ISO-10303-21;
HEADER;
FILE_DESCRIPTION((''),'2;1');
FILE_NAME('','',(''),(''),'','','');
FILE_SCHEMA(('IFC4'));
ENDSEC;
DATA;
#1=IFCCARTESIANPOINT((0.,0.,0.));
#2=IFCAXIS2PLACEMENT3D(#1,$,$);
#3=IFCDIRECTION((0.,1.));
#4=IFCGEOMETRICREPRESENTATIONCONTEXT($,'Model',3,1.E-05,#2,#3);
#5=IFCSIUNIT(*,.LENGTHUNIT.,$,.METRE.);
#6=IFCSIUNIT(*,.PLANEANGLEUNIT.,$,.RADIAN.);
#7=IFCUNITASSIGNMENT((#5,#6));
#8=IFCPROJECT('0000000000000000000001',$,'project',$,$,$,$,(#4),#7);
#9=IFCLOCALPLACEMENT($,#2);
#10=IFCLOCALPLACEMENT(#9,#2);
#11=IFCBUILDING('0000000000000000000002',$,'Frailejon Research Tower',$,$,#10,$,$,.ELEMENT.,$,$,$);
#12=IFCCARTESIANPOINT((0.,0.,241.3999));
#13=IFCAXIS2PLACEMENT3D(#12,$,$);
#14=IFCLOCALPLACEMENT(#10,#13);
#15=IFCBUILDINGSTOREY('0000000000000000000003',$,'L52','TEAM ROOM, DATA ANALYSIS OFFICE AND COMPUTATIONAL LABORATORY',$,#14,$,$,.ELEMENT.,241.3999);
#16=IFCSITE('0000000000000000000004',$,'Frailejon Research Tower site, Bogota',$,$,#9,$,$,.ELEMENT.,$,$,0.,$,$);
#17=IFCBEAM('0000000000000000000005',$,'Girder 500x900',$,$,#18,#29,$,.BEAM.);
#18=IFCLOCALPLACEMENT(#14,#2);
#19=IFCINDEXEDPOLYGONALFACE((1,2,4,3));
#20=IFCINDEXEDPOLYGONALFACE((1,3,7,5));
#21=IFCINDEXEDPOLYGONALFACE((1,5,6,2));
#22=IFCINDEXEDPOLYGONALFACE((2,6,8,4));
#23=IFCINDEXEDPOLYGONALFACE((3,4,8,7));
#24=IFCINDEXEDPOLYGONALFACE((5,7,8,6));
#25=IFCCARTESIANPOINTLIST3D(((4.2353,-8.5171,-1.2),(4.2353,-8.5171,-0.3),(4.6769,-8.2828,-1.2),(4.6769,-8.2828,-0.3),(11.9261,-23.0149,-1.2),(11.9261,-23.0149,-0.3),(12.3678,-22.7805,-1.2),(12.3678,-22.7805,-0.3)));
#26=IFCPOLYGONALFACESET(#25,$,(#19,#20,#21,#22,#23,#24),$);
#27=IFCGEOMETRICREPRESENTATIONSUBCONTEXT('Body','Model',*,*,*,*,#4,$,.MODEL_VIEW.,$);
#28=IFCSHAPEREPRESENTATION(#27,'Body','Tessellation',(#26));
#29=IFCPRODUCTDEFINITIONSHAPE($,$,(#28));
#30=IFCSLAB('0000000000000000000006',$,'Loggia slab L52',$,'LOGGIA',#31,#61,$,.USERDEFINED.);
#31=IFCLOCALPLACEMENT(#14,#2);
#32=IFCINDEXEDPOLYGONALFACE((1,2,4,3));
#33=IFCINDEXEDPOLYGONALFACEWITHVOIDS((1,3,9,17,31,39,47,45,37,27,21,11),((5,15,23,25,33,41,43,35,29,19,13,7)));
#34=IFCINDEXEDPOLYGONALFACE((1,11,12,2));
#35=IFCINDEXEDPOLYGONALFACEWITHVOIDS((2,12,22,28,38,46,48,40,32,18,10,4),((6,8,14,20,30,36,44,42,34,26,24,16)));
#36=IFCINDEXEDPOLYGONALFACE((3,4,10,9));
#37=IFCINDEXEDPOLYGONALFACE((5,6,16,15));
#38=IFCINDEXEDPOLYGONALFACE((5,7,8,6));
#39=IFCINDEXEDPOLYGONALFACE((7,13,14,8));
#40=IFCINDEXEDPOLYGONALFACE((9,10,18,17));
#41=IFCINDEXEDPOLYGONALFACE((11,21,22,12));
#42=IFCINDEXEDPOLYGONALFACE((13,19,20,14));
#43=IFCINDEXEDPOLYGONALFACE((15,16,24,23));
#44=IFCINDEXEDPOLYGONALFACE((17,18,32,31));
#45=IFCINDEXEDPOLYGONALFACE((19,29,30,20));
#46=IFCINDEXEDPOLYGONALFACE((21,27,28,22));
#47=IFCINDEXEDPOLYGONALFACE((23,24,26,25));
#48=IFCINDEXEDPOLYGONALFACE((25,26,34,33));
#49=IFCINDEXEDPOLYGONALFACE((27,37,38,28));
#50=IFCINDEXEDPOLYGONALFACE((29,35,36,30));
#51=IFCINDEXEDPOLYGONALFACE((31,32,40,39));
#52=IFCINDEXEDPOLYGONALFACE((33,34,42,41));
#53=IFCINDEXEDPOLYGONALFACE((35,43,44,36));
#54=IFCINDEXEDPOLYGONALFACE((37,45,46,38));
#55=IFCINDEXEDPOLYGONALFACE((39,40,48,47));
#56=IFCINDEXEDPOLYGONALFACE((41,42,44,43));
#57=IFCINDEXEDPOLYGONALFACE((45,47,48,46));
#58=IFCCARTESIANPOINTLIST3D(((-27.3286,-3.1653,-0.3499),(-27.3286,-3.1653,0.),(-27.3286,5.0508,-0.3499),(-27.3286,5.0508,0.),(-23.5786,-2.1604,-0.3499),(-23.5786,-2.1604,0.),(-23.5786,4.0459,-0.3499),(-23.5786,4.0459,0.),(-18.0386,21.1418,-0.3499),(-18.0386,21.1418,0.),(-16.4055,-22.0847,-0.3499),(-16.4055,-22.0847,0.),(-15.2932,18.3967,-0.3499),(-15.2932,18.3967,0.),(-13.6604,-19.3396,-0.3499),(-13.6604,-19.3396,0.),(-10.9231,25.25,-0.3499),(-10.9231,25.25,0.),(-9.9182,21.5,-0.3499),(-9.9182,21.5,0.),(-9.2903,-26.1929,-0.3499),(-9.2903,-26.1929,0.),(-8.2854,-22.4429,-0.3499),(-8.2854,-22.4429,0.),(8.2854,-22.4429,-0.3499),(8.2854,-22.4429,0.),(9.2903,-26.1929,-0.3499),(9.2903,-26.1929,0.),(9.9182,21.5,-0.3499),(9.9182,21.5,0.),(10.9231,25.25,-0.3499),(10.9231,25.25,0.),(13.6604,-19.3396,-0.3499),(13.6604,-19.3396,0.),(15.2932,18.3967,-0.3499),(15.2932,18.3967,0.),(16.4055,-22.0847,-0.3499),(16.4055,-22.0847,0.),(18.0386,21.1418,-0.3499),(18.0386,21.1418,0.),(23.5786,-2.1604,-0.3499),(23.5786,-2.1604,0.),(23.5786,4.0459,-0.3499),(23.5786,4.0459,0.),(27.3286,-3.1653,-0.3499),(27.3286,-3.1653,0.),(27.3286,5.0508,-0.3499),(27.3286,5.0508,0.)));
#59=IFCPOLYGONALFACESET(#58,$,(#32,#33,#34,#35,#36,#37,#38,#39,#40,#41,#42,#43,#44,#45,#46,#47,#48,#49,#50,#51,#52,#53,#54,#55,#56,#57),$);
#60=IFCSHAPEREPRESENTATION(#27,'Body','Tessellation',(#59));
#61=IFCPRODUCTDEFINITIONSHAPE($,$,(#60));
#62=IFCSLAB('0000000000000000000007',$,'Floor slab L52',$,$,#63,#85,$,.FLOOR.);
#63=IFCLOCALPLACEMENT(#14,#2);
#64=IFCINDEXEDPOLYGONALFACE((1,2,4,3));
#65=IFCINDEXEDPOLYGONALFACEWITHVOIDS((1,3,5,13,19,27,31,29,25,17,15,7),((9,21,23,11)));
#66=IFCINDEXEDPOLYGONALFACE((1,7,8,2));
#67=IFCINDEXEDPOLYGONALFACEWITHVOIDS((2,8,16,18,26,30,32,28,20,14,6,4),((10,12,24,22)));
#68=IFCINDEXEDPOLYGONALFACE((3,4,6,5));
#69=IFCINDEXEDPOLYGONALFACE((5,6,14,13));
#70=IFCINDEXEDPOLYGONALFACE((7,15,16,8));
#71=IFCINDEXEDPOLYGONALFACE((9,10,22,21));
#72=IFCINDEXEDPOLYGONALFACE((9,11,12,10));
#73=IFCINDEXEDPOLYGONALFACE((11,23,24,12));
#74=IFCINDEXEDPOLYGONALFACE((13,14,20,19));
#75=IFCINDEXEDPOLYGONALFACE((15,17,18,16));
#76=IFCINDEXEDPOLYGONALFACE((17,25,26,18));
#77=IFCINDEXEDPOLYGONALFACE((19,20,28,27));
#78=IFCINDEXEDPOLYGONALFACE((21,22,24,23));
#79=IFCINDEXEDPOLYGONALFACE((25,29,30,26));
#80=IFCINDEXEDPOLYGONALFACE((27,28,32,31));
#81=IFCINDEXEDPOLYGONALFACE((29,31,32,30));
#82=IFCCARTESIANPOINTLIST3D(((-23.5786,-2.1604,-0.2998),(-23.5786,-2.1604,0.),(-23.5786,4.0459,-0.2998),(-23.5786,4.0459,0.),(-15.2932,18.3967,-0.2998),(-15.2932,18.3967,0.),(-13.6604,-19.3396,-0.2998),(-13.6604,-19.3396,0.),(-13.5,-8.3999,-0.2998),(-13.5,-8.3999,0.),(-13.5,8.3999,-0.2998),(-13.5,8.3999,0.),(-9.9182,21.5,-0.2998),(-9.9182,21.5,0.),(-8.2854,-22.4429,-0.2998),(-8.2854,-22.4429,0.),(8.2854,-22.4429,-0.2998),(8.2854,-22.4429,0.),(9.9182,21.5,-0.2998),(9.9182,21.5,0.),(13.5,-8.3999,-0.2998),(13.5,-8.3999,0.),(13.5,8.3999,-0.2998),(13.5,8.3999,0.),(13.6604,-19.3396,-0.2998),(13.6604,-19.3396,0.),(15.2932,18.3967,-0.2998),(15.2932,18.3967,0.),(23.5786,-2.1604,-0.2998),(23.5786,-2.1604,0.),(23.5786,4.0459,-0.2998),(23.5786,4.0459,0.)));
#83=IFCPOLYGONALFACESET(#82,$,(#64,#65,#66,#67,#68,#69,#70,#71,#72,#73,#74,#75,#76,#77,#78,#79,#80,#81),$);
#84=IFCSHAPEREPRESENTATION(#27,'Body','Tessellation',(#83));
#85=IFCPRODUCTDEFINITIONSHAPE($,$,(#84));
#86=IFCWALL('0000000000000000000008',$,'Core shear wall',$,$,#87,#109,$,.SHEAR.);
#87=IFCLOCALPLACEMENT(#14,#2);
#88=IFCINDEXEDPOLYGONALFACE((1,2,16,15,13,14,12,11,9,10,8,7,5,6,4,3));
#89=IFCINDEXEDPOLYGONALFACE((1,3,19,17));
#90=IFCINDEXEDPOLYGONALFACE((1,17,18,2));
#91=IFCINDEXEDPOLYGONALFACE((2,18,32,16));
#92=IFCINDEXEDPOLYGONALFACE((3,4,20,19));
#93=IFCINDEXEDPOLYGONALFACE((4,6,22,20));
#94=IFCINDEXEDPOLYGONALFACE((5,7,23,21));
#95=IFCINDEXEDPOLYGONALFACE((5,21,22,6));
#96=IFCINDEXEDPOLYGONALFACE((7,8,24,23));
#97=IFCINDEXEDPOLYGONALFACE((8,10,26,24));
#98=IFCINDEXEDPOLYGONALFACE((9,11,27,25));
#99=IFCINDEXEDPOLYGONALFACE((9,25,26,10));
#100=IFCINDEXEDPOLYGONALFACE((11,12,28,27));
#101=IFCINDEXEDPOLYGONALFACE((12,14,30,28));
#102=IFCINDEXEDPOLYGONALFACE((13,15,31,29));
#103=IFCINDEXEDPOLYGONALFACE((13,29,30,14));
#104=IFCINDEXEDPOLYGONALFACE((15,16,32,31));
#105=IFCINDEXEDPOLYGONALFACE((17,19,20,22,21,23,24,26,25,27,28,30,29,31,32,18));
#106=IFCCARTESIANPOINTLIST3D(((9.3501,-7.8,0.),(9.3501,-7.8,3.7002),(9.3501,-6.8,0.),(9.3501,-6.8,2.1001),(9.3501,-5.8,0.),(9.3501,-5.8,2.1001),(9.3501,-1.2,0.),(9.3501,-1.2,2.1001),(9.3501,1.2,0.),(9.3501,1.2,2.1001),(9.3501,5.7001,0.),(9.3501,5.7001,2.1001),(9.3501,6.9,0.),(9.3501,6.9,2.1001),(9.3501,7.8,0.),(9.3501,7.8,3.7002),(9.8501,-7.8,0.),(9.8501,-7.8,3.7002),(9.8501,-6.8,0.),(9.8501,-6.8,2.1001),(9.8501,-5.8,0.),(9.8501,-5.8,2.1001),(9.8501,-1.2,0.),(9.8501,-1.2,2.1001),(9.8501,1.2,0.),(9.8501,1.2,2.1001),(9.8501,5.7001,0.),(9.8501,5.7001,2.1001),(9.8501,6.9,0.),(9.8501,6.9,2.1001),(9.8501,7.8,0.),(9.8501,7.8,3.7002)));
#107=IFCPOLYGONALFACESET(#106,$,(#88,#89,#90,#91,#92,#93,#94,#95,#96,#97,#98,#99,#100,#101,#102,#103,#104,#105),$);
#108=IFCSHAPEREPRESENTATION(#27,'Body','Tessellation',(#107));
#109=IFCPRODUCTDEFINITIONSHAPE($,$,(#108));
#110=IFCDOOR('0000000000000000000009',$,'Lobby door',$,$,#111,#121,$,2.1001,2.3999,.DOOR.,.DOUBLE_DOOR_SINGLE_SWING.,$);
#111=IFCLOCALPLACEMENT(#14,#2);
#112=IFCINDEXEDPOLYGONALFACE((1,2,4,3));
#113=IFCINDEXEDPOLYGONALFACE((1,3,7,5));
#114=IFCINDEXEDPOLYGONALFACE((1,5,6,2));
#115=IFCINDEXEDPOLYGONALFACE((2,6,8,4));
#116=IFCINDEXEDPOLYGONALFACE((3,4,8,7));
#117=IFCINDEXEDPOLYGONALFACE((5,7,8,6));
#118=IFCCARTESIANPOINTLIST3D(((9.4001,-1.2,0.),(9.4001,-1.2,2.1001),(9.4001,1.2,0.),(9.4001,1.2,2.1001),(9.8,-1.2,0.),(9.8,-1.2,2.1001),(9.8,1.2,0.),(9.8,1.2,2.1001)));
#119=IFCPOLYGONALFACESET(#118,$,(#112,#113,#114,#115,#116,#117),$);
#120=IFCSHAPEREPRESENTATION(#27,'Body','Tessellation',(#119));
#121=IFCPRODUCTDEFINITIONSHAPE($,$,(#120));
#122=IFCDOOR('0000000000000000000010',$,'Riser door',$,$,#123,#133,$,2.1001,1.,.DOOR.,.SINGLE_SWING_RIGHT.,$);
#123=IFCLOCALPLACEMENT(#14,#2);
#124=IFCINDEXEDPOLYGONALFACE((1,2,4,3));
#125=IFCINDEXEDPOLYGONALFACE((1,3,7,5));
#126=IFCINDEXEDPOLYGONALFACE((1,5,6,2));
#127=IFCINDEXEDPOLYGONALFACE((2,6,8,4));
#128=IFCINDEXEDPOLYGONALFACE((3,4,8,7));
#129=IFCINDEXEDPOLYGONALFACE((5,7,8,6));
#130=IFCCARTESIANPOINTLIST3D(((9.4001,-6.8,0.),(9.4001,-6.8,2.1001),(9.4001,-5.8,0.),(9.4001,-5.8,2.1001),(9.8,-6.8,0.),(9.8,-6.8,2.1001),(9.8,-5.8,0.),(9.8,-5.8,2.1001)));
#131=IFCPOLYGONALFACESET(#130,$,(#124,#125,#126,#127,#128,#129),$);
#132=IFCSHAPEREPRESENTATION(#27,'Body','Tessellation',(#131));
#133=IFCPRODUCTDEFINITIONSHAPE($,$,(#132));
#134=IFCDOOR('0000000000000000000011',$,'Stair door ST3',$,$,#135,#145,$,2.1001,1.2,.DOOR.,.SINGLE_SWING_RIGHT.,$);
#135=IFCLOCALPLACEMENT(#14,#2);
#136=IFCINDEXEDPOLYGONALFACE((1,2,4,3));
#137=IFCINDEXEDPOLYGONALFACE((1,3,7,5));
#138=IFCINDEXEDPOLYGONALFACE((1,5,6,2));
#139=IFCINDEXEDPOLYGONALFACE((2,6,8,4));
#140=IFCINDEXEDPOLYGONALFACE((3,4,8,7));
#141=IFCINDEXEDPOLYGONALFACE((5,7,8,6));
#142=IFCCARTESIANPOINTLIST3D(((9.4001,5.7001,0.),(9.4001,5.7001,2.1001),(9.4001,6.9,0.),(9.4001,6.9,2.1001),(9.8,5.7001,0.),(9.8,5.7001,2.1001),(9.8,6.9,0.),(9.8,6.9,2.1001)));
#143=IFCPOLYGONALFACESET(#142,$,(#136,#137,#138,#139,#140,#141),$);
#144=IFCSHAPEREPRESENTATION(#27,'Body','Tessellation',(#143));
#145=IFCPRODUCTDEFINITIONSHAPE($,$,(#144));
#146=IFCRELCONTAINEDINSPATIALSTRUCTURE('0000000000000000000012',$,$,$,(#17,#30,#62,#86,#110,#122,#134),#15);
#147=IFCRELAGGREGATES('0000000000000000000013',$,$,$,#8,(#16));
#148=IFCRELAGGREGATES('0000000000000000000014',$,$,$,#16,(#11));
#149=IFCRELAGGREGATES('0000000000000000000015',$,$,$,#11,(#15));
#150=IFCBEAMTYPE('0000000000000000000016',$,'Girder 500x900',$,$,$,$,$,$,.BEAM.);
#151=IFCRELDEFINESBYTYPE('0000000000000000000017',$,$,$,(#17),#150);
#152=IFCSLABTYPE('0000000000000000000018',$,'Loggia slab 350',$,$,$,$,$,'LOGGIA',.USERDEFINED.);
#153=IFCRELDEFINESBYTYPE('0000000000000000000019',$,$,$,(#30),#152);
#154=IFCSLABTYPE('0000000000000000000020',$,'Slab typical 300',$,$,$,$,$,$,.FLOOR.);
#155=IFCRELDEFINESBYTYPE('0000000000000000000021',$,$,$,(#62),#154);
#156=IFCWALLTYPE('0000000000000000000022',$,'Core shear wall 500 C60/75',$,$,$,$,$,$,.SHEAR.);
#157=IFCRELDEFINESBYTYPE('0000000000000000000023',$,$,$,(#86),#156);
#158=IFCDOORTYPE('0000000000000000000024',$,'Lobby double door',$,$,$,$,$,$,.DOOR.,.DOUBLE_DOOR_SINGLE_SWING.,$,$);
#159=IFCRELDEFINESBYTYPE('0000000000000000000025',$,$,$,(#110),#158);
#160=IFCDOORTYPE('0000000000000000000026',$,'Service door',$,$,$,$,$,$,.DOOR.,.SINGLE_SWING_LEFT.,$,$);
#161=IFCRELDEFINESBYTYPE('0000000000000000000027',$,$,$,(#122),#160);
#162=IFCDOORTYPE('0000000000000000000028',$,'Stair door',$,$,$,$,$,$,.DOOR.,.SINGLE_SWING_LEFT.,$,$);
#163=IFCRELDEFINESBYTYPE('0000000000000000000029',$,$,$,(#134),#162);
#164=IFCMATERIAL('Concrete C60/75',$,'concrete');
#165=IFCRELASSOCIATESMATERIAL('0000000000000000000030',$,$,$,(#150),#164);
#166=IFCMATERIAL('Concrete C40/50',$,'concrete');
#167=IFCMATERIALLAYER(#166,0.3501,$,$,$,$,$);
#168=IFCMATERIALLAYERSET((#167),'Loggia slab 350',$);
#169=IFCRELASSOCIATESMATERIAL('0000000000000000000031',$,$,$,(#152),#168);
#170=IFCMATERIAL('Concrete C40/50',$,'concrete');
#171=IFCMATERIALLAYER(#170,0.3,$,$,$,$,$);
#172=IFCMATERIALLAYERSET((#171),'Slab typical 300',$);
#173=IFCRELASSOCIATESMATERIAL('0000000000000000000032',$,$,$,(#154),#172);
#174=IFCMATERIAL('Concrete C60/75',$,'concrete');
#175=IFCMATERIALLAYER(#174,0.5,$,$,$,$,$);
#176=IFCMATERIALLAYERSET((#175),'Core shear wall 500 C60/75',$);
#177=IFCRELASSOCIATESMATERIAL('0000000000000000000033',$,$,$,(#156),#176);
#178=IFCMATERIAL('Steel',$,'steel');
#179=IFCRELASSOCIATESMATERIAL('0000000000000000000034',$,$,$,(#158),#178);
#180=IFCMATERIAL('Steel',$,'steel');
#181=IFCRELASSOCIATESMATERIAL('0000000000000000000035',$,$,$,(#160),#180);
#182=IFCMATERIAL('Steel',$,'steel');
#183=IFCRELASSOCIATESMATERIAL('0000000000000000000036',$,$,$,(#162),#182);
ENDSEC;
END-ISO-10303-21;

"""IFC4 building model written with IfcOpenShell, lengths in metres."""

from ifc_helpers import new_model, si_unit, direction, frame, frame_2d, origin, origin_2d, place, context, subcontext, project, spatial, polyline, rectangle, outline, extrude, material, layer, layer_set, material_profile, profile_set, type_object, element, fill, save


model = new_model("IFC4")

# Units and contexts
model_context = context("Model", 3, precision=1e-05, world=origin(), true_north=direction((0.0, 1.0)))
body_context = subcontext(model_context, "Body", "Model", "MODEL_VIEW")
ifc_project = project(units=[si_unit("LENGTHUNIT", "METRE"), si_unit("PLANEANGLEUNIT", "RADIAN")], contexts=[model_context])

# Site, building, storey
site_placement = place(None, origin())
site = spatial("IfcSite", under=ifc_project, at=site_placement, Name="Frailejon Research Tower site, Bogota", CompositionType="ELEMENT", RefElevation=0.0)
building_placement = place(site_placement, origin())
building = spatial("IfcBuilding", under=site, at=building_placement, Name="Frailejon Research Tower", CompositionType="ELEMENT")
storey_placement = place(building_placement, frame((0.0, 0.0, 241.3999)))
storey = spatial("IfcBuildingStorey", under=building, at=storey_placement, Name="L52", Description="TEAM ROOM, DATA ANALYSIS OFFICE AND COMPUTATIONAL LABORATORY", CompositionType="ELEMENT", Elevation=241.3999)

# Beam
ifc_material_1 = material(Name="Concrete C60/75", Category="concrete")
ifc_material_profile = material_profile(ifc_material_1, rectangle(XDim=0.5, YDim=0.8999, at=origin_2d()), Name="Girder 500x900")
ifc_profile_set = profile_set([ifc_material_profile], Name="Concrete C60/75")
beam_type = type_object("IfcBeamType", Name="Girder 500x900", PredefinedType="BEAM", material=ifc_profile_set)
beam_placement = place(storey_placement, frame((12.147, -22.8977, -0.75), z_axis=(-0.468631, 0.883394, 0.0), x_axis=(-0.883394, -0.468631, 0.0)))
element("IfcBeam", 1, at=beam_placement, inside=storey, type_object=beam_type, Name="Girder 500x900", PredefinedType="BEAM", context=body_context, shape_type="SweptSolid", body=[
    extrude(rectangle(XDim=0.5, YDim=0.8999, at=origin_2d()), origin(), (0.0, 0.0, 1.0), 16.4114),
])

# Slabs
ifc_material_2 = material(Name="Concrete C40/50", Category="concrete")
ifc_layer_1 = layer(ifc_material_2, 0.3501)
ifc_layer_set_1 = layer_set([ifc_layer_1], Name="Loggia slab 350")
slab_type_1 = type_object("IfcSlabType", Name="Loggia slab 350", ElementType="LOGGIA", PredefinedType="USERDEFINED", material=ifc_layer_set_1)
slab_1_placement = place(storey_placement, frame((0.0, 0.0, -0.3499)))
element("IfcSlab", 2, at=slab_1_placement, inside=storey, type_object=slab_type_1, Name="Loggia slab L52", ObjectType="LOGGIA", PredefinedType="USERDEFINED", context=body_context, shape_type="SweptSolid", body=[
    extrude(outline(polyline([(16.4055, -22.0847), (9.2903, -26.1929), (-9.2903, -26.1929), (-16.4055, -22.0847), (-27.3286, -3.1653), (-27.3286, 5.0508), (-18.0386, 21.1418), (-10.9231, 25.25), (10.9231, 25.25), (18.0386, 21.1418), (27.3286, 5.0508), (27.3286, -3.1653), (16.4055, -22.0847)]), holes=[polyline([(23.5786, 4.0459), (15.2932, 18.3967), (9.9182, 21.5), (-9.9182, 21.5), (-15.2932, 18.3967), (-23.5786, 4.0459), (-23.5786, -2.1604), (-13.6604, -19.3396), (-8.2854, -22.4429), (8.2854, -22.4429), (13.6604, -19.3396), (23.5786, -2.1604), (23.5786, 4.0459)])]), origin(), (0.0, 0.0, 1.0), 0.3499),
])
ifc_material_3 = material(Name="Concrete C40/50", Category="concrete")
ifc_layer_2 = layer(ifc_material_3, 0.3)
ifc_layer_set_2 = layer_set([ifc_layer_2], Name="Slab typical 300")
slab_type_2 = type_object("IfcSlabType", Name="Slab typical 300", PredefinedType="FLOOR", material=ifc_layer_set_2)
slab_2_placement = place(storey_placement, frame((0.0, 0.0, -0.2998)))
element("IfcSlab", 3, at=slab_2_placement, inside=storey, type_object=slab_type_2, Name="Floor slab L52", PredefinedType="FLOOR", context=body_context, shape_type="SweptSolid", body=[
    extrude(outline(polyline([(23.5786, -2.1604), (23.5786, 4.0459), (15.2932, 18.3967), (9.9182, 21.5), (-9.9182, 21.5), (-15.2932, 18.3967), (-23.5786, 4.0459), (-23.5786, -2.1604), (-13.6604, -19.3396), (-8.2854, -22.4429), (8.2854, -22.4429), (13.6604, -19.3396), (23.5786, -2.1604)]), holes=[polyline([(13.5, -8.3999), (-13.5, -8.3999), (-13.5, 8.3999), (13.5, 8.3999), (13.5, -8.3999)])]), origin(), (0.0, 0.0, 1.0), 0.2998),
])

# Wall, openings, doors
ifc_material_4 = material(Name="Concrete C60/75", Category="concrete")
ifc_layer_3 = layer(ifc_material_4, 0.5)
ifc_layer_set_3 = layer_set([ifc_layer_3], Name="Core shear wall 500 C60/75")
wall_type_1 = type_object("IfcWallType", Name="Core shear wall 500 C60/75", PredefinedType="SHEAR", material=ifc_layer_set_3)
wall_1_placement = place(storey_placement, frame((9.6001, -7.8, 0.0), z_axis=(0.0, 0.0, 1.0), x_axis=(0.0, 1.0, 0.0)))
wall_1 = element("IfcWall", 4, at=wall_1_placement, inside=storey, type_object=wall_type_1, Name="Core shear wall", PredefinedType="SHEAR", context=body_context, shape_type="SweptSolid", body=[
    extrude(rectangle(XDim=15.6001, YDim=0.5, at=frame_2d((7.8, 0.0))), origin(), (0.0, 0.0, 1.0), 3.7002),
])
opening_1_placement = place(wall_1_placement, frame((6.6001, 0.0, 0.0)))
opening_1 = element("IfcOpeningElement", 5, at=opening_1_placement, cuts=wall_1, PredefinedType="OPENING", context=body_context, shape_type="SweptSolid", body=[
    extrude(rectangle(XDim=2.3999, YDim=2.1001, at=frame_2d((1.2, 1.05))), frame((0.0, 0.26, 0.0), z_axis=(0.0, -1.0, 0.0), x_axis=(1.0, 0.0, 0.0)), (0.0, 0.0, 1.0), 0.52),
])
opening_2_placement = place(wall_1_placement, frame((13.5, 0.0, 0.0)))
opening_2 = element("IfcOpeningElement", 6, at=opening_2_placement, cuts=wall_1, PredefinedType="OPENING", context=body_context, shape_type="SweptSolid", body=[
    extrude(rectangle(XDim=1.2, YDim=2.1001, at=frame_2d((0.6001, 1.05))), frame((0.0, 0.26, 0.0), z_axis=(0.0, -1.0, 0.0), x_axis=(1.0, 0.0, 0.0)), (0.0, 0.0, 1.0), 0.52),
])
opening_3_placement = place(wall_1_placement, frame((1.0, 0.0, 0.0)))
opening_3 = element("IfcOpeningElement", 7, at=opening_3_placement, cuts=wall_1, PredefinedType="OPENING", context=body_context, shape_type="SweptSolid", body=[
    extrude(rectangle(XDim=1.0, YDim=2.1001, at=frame_2d((0.5, 1.05))), frame((0.0, 0.26, 0.0), z_axis=(0.0, -1.0, 0.0), x_axis=(1.0, 0.0, 0.0)), (0.0, 0.0, 1.0), 0.52),
])
ifc_material_5 = material(Name="Steel", Category="steel")
door_type_1 = type_object("IfcDoorType", Name="Lobby double door", OperationType="DOUBLE_DOOR_SINGLE_SWING", PredefinedType="DOOR", material=ifc_material_5)
door_1_placement = place(opening_1_placement, origin())
door_1 = element("IfcDoor", 8, at=door_1_placement, inside=storey, type_object=door_type_1, Name="Lobby door", OperationType="DOUBLE_DOOR_SINGLE_SWING", OverallHeight=2.1001, OverallWidth=2.3999, PredefinedType="DOOR", context=body_context, shape_type="SweptSolid", body=[
    extrude(rectangle(XDim=2.3999, YDim=2.1001, at=frame_2d((1.2, 1.05))), frame((0.0, 0.2, 0.0), z_axis=(0.0, -1.0, 0.0), x_axis=(1.0, 0.0, 0.0)), (0.0, 0.0, 1.0), 0.3999),
])
fill(opening_1, door_1)
ifc_material_6 = material(Name="Steel", Category="steel")
door_type_2 = type_object("IfcDoorType", Name="Service door", OperationType="SINGLE_SWING_LEFT", PredefinedType="DOOR", material=ifc_material_6)
door_2_placement = place(opening_3_placement, origin())
door_2 = element("IfcDoor", 9, at=door_2_placement, inside=storey, type_object=door_type_2, Name="Riser door", OperationType="SINGLE_SWING_RIGHT", OverallHeight=2.1001, OverallWidth=1.0, PredefinedType="DOOR", context=body_context, shape_type="SweptSolid", body=[
    extrude(rectangle(XDim=1.0, YDim=2.1001, at=frame_2d((0.5, 1.05))), frame((0.0, 0.2, 0.0), z_axis=(0.0, -1.0, 0.0), x_axis=(1.0, 0.0, 0.0)), (0.0, 0.0, 1.0), 0.3999),
])
fill(opening_3, door_2)
ifc_material_7 = material(Name="Steel", Category="steel")
door_type_3 = type_object("IfcDoorType", Name="Stair door", OperationType="SINGLE_SWING_LEFT", PredefinedType="DOOR", material=ifc_material_7)
door_3_placement = place(opening_2_placement, origin())
door_3 = element("IfcDoor", 10, at=door_3_placement, inside=storey, type_object=door_type_3, Name="Stair door ST3", OperationType="SINGLE_SWING_RIGHT", OverallHeight=2.1001, OverallWidth=1.2, PredefinedType="DOOR", context=body_context, shape_type="SweptSolid", body=[
    extrude(rectangle(XDim=1.2, YDim=2.1001, at=frame_2d((0.6001, 1.05))), frame((0.0, 0.2, 0.0), z_axis=(0.0, -1.0, 0.0), x_axis=(1.0, 0.0, 0.0)), (0.0, 0.0, 1.0), 0.3999),
])
fill(opening_2, door_3)

save(model, "model.ifc")
